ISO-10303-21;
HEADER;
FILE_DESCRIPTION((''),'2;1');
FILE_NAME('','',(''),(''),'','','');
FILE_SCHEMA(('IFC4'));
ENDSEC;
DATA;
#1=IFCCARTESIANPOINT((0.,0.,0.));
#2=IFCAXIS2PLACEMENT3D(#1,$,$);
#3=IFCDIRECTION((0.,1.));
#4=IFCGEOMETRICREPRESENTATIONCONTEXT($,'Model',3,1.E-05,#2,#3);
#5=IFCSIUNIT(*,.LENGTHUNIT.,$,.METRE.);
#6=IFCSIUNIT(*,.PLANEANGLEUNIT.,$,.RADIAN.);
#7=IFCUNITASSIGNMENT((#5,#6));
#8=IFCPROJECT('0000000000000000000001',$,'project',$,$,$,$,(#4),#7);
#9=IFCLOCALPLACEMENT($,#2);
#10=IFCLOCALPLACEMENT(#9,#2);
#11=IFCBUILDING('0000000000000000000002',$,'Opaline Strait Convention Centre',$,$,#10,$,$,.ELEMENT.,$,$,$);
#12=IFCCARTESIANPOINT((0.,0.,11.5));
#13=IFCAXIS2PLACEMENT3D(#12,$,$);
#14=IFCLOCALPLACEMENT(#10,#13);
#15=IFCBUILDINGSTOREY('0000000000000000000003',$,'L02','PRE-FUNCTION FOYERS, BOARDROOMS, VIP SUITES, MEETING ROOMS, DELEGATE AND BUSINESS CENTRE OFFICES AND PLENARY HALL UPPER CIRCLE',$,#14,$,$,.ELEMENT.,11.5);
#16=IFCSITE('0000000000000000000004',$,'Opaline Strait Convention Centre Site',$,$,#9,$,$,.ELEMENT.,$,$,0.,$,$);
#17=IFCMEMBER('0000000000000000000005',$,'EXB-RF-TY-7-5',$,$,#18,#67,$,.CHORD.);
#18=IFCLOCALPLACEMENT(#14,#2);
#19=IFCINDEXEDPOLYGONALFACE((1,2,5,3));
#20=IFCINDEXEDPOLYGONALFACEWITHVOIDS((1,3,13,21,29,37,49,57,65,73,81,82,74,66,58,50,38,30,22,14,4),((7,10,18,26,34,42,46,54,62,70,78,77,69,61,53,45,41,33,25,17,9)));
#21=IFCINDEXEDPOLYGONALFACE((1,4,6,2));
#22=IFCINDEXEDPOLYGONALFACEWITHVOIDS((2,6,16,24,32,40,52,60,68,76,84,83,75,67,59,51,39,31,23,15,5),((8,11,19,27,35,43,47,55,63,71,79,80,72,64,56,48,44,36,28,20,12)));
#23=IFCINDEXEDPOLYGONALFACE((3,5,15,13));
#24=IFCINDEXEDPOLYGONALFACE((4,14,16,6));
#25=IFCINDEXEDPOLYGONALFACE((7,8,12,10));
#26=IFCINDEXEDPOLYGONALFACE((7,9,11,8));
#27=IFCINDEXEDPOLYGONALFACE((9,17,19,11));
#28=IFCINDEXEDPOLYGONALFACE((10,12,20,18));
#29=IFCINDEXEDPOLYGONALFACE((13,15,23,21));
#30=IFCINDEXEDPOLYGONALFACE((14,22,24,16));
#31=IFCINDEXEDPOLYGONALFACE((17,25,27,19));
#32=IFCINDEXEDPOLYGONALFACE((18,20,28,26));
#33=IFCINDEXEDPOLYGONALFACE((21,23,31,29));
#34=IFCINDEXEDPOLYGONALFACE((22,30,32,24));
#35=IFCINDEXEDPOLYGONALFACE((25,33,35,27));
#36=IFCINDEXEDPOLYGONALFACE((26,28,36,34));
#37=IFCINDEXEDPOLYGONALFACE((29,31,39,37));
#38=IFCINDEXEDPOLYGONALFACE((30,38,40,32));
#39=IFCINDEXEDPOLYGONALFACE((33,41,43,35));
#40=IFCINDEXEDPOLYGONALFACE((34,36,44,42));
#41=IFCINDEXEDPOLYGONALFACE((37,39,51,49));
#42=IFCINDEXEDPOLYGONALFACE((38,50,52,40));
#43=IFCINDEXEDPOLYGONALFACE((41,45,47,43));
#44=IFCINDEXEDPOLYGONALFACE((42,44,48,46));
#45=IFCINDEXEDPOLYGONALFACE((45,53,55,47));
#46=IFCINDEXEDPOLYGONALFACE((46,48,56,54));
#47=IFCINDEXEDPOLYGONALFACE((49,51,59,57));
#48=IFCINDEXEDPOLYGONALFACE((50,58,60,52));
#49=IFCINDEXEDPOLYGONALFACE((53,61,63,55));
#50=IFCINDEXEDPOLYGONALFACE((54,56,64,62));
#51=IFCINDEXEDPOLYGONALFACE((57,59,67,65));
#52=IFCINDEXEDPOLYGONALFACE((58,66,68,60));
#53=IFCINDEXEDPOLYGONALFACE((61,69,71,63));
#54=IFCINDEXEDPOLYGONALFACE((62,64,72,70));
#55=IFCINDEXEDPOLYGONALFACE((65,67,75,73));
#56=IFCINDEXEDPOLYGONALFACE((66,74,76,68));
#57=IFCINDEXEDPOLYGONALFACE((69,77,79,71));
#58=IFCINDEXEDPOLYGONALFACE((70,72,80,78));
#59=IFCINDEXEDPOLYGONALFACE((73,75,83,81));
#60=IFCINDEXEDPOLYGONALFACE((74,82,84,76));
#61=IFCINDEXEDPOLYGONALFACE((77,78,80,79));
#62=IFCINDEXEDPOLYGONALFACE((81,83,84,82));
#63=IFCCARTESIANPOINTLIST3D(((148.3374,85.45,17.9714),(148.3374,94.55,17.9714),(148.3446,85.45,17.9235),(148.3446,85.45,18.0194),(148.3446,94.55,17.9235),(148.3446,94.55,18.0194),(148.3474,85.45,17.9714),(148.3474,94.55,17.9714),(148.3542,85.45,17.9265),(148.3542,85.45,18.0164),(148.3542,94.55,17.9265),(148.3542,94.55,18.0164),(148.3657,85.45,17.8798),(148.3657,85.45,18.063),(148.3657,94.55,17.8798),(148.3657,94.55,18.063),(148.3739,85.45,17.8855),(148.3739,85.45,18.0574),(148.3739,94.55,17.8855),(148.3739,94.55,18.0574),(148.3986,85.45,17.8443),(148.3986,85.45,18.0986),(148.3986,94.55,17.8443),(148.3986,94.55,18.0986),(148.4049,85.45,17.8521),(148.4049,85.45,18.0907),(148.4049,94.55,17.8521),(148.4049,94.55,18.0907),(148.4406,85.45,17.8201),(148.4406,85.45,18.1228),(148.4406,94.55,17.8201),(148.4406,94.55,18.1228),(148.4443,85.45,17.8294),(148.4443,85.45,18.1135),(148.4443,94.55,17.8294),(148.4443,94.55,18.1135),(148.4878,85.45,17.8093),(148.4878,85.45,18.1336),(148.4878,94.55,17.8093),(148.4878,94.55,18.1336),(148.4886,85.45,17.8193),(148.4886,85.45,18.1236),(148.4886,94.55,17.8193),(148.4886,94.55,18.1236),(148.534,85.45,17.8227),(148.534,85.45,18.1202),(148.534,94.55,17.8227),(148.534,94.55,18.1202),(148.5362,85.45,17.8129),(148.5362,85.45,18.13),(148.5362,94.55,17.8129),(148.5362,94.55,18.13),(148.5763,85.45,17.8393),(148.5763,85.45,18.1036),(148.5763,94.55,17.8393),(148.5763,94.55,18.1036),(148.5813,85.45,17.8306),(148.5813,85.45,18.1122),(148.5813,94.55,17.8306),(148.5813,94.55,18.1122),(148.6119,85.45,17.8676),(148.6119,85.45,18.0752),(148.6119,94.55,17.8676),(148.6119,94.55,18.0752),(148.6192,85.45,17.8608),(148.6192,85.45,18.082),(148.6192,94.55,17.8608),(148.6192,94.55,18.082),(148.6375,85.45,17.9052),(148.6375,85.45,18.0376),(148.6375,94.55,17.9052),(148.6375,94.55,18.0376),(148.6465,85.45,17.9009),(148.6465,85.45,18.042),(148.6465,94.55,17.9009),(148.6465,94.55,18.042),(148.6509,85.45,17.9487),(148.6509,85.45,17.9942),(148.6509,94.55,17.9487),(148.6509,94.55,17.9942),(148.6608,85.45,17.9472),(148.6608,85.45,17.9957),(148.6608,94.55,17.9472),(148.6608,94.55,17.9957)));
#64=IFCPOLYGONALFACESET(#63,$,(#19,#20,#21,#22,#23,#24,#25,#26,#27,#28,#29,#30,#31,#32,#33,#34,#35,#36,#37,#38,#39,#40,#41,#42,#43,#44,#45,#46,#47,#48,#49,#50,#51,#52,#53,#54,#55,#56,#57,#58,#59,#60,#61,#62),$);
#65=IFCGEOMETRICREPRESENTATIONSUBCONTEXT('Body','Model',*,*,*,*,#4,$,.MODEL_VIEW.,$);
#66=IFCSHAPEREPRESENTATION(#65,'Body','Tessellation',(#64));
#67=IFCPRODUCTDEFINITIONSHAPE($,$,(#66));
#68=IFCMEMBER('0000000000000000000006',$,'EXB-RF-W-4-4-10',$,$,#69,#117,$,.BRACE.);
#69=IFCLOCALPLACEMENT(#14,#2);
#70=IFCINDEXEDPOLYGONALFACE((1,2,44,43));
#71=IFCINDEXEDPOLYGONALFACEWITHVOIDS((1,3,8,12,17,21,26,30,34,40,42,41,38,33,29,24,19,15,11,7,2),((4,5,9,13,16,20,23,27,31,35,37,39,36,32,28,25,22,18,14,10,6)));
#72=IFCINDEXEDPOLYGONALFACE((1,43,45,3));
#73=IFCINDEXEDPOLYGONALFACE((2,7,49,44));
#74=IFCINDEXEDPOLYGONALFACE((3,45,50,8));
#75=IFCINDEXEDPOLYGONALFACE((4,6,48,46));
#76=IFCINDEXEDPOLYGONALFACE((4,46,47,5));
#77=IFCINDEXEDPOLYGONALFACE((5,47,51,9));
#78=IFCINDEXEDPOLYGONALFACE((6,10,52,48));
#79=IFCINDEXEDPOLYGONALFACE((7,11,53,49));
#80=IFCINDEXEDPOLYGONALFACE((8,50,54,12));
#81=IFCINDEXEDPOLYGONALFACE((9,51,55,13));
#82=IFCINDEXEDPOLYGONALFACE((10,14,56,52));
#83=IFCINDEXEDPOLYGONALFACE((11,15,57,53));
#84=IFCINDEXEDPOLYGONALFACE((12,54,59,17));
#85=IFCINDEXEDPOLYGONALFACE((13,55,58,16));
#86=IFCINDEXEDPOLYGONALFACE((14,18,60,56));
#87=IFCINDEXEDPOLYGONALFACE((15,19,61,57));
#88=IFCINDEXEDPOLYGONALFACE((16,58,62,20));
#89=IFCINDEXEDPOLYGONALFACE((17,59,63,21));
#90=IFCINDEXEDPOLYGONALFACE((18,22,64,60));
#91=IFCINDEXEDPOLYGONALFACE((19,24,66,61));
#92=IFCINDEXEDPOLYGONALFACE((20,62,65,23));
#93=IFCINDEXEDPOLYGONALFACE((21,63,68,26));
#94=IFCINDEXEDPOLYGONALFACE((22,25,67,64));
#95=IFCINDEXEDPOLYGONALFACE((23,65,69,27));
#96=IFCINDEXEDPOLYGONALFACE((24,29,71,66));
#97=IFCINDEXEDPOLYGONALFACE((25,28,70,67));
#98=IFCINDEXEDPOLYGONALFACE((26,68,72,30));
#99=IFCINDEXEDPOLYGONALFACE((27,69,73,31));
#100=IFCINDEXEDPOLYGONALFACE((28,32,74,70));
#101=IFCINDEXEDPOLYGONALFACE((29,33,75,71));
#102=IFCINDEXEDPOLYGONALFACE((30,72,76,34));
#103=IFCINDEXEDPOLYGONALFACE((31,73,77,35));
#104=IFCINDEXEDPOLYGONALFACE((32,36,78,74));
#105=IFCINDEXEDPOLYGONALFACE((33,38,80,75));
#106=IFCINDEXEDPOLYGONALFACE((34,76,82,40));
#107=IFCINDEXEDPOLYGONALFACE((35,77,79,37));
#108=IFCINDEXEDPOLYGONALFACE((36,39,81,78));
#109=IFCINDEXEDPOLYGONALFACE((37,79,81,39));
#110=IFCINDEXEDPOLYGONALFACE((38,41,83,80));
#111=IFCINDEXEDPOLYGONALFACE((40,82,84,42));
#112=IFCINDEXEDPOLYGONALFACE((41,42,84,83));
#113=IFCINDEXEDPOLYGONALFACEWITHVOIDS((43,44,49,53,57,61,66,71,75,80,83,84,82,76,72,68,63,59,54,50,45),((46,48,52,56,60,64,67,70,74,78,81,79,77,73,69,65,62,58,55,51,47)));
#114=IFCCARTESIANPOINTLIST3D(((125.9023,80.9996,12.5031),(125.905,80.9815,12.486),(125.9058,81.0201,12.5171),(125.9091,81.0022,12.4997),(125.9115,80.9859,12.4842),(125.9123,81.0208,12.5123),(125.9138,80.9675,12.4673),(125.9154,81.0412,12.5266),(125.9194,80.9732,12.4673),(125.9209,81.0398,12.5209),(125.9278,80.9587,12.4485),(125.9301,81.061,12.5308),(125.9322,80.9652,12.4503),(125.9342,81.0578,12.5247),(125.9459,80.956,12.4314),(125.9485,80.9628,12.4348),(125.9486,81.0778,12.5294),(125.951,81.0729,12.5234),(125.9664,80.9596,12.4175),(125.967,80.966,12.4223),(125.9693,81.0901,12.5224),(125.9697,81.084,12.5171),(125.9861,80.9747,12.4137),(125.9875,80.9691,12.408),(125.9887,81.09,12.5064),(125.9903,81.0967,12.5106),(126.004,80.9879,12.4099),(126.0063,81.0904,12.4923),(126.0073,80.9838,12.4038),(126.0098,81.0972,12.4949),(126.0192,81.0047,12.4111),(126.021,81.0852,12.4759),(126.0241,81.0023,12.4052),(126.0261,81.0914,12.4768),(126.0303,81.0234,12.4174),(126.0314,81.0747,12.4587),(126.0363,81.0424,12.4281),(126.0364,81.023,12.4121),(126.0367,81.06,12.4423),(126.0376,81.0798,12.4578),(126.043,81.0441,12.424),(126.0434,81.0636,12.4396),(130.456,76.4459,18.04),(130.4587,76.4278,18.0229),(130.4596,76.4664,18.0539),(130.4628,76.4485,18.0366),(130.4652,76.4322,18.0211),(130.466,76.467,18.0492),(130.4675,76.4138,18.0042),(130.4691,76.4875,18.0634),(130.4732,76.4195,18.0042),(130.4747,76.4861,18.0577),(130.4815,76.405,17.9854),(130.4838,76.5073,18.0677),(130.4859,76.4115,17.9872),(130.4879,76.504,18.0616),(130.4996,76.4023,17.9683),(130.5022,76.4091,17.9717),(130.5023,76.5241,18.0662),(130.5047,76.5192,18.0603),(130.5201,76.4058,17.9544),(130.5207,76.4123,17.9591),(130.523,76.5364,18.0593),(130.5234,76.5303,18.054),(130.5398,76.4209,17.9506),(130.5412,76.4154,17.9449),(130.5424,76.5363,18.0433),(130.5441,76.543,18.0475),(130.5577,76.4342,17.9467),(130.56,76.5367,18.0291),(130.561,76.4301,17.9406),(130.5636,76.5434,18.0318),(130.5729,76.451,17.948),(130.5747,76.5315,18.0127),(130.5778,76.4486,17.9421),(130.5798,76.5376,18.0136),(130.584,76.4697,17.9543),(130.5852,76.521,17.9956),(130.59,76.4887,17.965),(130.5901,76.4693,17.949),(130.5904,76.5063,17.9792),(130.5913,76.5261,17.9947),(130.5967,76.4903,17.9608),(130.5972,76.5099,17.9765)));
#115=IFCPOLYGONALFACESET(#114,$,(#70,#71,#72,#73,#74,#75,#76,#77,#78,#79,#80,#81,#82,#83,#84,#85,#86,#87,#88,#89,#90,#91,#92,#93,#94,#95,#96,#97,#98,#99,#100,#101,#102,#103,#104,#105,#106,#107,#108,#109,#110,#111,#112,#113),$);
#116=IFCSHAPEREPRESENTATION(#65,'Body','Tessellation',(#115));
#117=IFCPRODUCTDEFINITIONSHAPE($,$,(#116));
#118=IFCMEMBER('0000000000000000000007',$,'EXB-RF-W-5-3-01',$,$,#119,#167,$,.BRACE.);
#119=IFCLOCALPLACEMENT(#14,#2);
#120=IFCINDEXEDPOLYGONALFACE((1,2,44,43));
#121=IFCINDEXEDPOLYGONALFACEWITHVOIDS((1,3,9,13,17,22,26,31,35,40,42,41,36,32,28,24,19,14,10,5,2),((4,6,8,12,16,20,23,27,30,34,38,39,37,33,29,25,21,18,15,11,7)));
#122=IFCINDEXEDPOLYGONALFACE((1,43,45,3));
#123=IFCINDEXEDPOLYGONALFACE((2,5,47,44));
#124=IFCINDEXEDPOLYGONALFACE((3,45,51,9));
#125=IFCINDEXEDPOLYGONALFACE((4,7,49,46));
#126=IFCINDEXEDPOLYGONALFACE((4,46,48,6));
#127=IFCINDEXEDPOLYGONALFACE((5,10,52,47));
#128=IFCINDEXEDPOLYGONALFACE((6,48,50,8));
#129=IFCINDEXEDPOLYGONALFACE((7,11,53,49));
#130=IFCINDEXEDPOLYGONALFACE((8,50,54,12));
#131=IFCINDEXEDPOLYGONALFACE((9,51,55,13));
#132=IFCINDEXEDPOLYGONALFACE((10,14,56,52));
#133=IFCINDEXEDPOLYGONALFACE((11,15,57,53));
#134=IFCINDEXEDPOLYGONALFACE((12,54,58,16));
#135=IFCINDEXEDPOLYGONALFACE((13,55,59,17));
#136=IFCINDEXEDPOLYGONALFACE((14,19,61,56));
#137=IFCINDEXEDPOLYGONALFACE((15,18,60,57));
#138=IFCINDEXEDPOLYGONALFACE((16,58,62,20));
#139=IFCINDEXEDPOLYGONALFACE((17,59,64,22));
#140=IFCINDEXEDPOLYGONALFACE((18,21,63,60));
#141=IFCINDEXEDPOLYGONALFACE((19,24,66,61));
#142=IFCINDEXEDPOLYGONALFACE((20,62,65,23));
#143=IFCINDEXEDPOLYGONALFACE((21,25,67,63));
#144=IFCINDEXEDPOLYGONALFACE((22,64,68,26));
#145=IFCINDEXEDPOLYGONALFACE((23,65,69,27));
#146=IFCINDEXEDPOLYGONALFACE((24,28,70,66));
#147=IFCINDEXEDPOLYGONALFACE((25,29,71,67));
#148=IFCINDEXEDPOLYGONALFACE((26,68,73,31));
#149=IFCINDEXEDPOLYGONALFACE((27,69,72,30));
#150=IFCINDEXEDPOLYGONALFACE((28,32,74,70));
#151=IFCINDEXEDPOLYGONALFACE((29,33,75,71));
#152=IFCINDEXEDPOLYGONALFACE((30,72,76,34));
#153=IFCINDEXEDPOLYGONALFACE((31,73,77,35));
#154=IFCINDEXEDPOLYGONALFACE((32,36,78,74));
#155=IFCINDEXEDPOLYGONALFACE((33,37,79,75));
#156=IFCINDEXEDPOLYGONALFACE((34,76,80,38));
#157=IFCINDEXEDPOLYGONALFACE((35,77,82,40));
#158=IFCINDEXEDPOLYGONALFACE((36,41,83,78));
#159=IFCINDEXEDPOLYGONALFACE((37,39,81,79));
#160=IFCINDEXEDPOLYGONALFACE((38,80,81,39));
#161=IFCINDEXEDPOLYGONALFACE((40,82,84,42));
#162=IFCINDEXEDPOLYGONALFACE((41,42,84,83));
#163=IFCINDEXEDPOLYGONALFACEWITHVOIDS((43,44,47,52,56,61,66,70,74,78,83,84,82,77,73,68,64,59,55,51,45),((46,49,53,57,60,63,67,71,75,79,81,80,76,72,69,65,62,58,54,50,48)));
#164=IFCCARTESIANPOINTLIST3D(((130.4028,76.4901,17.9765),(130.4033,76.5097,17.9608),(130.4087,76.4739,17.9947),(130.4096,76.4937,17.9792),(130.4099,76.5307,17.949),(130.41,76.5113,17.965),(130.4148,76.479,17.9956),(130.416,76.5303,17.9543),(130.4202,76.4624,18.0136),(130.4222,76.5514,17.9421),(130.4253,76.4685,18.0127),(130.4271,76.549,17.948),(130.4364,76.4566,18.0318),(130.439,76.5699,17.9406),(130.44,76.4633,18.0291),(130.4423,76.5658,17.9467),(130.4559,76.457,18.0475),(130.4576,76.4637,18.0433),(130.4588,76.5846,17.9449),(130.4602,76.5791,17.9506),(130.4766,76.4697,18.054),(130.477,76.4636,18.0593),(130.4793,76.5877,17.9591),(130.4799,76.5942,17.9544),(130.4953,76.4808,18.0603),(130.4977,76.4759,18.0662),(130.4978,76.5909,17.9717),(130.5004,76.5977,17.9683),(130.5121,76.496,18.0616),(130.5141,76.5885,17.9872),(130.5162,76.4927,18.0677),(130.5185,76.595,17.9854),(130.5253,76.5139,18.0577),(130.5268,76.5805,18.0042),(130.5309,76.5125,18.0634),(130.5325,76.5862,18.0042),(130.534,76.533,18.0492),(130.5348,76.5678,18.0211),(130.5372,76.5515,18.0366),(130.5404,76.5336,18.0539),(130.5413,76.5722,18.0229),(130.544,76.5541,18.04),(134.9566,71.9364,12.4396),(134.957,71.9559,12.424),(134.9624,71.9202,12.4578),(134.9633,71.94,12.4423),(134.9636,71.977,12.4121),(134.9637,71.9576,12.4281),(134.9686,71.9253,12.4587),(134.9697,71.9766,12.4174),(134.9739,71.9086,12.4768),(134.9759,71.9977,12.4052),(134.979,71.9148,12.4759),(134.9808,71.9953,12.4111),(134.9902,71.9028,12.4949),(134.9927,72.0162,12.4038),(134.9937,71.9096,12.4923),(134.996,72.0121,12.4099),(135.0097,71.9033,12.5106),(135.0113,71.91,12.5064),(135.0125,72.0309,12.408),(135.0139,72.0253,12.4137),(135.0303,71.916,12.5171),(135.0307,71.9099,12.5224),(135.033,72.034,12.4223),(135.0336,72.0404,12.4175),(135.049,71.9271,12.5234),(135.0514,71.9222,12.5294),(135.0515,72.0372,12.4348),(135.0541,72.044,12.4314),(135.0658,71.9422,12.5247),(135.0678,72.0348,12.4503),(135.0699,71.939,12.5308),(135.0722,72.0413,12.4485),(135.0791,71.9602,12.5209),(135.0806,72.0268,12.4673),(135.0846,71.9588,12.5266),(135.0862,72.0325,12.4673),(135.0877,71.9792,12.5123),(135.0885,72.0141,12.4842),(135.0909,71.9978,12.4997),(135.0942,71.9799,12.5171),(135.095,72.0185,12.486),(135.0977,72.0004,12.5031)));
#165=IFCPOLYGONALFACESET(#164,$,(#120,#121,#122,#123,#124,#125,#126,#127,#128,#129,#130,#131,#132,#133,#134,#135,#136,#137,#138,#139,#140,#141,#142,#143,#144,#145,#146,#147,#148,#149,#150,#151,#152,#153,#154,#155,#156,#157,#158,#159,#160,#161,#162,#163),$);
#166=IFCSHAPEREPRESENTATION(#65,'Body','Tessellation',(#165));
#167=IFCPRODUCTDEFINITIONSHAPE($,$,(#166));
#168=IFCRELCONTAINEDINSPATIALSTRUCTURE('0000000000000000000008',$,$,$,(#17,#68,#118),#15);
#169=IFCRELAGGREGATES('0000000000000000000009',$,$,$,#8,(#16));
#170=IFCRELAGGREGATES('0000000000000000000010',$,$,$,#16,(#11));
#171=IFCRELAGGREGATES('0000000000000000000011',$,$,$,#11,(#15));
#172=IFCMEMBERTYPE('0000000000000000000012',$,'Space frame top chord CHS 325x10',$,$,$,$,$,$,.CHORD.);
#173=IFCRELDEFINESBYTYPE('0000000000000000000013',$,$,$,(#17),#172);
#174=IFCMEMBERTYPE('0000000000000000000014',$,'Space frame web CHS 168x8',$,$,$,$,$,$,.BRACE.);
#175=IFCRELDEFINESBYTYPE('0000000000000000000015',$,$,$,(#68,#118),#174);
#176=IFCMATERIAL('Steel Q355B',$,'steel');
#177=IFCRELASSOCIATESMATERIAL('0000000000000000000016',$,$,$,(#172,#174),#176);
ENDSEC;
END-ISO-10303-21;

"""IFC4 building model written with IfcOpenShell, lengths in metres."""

from ifc_helpers import new_model, si_unit, direction, frame, origin, origin_2d, place, context, subcontext, project, spatial, hollow_circle, extrude, material, material_profile, profile_set, type_object, element, save


model = new_model("IFC4")

# Units and contexts
model_context = context("Model", 3, precision=1e-05, world=origin(), true_north=direction((0.0, 1.0)))
body_context = subcontext(model_context, "Body", "Model", "MODEL_VIEW")
ifc_project = project(units=[si_unit("LENGTHUNIT", "METRE"), si_unit("PLANEANGLEUNIT", "RADIAN")], contexts=[model_context])

# Site, building, storey
site_placement = place(None, origin())
site = spatial("IfcSite", under=ifc_project, at=site_placement, Name="Opaline Strait Convention Centre Site", CompositionType="ELEMENT", RefElevation=0.0)
building_placement = place(site_placement, origin())
building = spatial("IfcBuilding", under=site, at=building_placement, Name="Opaline Strait Convention Centre", CompositionType="ELEMENT")
storey_placement = place(building_placement, frame((0.0, 0.0, 11.5)))
storey = spatial("IfcBuildingStorey", under=building, at=storey_placement, Name="L02", Description="PRE-FUNCTION FOYERS, BOARDROOMS, VIP SUITES, MEETING ROOMS, DELEGATE AND BUSINESS CENTRE OFFICES AND PLENARY HALL UPPER CIRCLE", CompositionType="ELEMENT", Elevation=11.5)

# Members
ifc_material_1 = material(Name="Steel Q355B", Category="steel")
ifc_material_profile_1 = material_profile(ifc_material_1, hollow_circle(Radius=0.1626, WallThickness=0.01, at=origin_2d()), Name="CHS 325x10")
ifc_profile_set_1 = profile_set([ifc_material_profile_1], Name="Steel Q355B")
member_type_1 = type_object("IfcMemberType", Name="Space frame top chord CHS 325x10", PredefinedType="CHORD", material=ifc_profile_set_1)
for number, where, z_axis, x_axis, name in (
    (1, (148.5, 85.45, 17.9714), (0.0, 1.0, 0.0), (-1.0, 0.0, 0.0), "EXB-RF-TY-7-5"),
):
    element("IfcMember", number, at=place(storey_placement, frame(where, z_axis=z_axis, x_axis=x_axis)), inside=storey, type_object=member_type_1, Name=name, PredefinedType="CHORD", context=body_context, shape_type="SweptSolid", body=[
        extrude(hollow_circle(Radius=0.1626, WallThickness=0.01, at=origin_2d()), origin(), (0.0, 0.0, 1.0), 9.1001),
    ])
ifc_material_profile_2 = material_profile(ifc_material_1, hollow_circle(Radius=0.084, WallThickness=0.0081, at=origin_2d()), Name="CHS 168x8")
ifc_profile_set_2 = profile_set([ifc_material_profile_2], Name="Steel Q355B")
member_type_2 = type_object("IfcMemberType", Name="Space frame web CHS 168x8", PredefinedType="BRACE", material=ifc_profile_set_2)
for number, where, z_axis, x_axis, name in (
    (2, (130.5269, 76.4731, 18.0042), (-0.536178, 0.536178, -0.65194), (-0.707107, -0.707107, 0.0), "EXB-RF-W-4-4-10"),
    (3, (130.4731, 76.5269, 18.0042), (0.536178, -0.536178, -0.65194), (0.707107, 0.707107, 0.0), "EXB-RF-W-5-3-01"),
):
    element("IfcMember", number, at=place(storey_placement, frame(where, z_axis=z_axis, x_axis=x_axis)), inside=storey, type_object=member_type_2, Name=name, PredefinedType="BRACE", context=body_context, shape_type="SweptSolid", body=[
        extrude(hollow_circle(Radius=0.084, WallThickness=0.0081, at=origin_2d()), origin(), (0.0, 0.0, 1.0), 8.4929),
    ])

save(model, "model.ifc")
